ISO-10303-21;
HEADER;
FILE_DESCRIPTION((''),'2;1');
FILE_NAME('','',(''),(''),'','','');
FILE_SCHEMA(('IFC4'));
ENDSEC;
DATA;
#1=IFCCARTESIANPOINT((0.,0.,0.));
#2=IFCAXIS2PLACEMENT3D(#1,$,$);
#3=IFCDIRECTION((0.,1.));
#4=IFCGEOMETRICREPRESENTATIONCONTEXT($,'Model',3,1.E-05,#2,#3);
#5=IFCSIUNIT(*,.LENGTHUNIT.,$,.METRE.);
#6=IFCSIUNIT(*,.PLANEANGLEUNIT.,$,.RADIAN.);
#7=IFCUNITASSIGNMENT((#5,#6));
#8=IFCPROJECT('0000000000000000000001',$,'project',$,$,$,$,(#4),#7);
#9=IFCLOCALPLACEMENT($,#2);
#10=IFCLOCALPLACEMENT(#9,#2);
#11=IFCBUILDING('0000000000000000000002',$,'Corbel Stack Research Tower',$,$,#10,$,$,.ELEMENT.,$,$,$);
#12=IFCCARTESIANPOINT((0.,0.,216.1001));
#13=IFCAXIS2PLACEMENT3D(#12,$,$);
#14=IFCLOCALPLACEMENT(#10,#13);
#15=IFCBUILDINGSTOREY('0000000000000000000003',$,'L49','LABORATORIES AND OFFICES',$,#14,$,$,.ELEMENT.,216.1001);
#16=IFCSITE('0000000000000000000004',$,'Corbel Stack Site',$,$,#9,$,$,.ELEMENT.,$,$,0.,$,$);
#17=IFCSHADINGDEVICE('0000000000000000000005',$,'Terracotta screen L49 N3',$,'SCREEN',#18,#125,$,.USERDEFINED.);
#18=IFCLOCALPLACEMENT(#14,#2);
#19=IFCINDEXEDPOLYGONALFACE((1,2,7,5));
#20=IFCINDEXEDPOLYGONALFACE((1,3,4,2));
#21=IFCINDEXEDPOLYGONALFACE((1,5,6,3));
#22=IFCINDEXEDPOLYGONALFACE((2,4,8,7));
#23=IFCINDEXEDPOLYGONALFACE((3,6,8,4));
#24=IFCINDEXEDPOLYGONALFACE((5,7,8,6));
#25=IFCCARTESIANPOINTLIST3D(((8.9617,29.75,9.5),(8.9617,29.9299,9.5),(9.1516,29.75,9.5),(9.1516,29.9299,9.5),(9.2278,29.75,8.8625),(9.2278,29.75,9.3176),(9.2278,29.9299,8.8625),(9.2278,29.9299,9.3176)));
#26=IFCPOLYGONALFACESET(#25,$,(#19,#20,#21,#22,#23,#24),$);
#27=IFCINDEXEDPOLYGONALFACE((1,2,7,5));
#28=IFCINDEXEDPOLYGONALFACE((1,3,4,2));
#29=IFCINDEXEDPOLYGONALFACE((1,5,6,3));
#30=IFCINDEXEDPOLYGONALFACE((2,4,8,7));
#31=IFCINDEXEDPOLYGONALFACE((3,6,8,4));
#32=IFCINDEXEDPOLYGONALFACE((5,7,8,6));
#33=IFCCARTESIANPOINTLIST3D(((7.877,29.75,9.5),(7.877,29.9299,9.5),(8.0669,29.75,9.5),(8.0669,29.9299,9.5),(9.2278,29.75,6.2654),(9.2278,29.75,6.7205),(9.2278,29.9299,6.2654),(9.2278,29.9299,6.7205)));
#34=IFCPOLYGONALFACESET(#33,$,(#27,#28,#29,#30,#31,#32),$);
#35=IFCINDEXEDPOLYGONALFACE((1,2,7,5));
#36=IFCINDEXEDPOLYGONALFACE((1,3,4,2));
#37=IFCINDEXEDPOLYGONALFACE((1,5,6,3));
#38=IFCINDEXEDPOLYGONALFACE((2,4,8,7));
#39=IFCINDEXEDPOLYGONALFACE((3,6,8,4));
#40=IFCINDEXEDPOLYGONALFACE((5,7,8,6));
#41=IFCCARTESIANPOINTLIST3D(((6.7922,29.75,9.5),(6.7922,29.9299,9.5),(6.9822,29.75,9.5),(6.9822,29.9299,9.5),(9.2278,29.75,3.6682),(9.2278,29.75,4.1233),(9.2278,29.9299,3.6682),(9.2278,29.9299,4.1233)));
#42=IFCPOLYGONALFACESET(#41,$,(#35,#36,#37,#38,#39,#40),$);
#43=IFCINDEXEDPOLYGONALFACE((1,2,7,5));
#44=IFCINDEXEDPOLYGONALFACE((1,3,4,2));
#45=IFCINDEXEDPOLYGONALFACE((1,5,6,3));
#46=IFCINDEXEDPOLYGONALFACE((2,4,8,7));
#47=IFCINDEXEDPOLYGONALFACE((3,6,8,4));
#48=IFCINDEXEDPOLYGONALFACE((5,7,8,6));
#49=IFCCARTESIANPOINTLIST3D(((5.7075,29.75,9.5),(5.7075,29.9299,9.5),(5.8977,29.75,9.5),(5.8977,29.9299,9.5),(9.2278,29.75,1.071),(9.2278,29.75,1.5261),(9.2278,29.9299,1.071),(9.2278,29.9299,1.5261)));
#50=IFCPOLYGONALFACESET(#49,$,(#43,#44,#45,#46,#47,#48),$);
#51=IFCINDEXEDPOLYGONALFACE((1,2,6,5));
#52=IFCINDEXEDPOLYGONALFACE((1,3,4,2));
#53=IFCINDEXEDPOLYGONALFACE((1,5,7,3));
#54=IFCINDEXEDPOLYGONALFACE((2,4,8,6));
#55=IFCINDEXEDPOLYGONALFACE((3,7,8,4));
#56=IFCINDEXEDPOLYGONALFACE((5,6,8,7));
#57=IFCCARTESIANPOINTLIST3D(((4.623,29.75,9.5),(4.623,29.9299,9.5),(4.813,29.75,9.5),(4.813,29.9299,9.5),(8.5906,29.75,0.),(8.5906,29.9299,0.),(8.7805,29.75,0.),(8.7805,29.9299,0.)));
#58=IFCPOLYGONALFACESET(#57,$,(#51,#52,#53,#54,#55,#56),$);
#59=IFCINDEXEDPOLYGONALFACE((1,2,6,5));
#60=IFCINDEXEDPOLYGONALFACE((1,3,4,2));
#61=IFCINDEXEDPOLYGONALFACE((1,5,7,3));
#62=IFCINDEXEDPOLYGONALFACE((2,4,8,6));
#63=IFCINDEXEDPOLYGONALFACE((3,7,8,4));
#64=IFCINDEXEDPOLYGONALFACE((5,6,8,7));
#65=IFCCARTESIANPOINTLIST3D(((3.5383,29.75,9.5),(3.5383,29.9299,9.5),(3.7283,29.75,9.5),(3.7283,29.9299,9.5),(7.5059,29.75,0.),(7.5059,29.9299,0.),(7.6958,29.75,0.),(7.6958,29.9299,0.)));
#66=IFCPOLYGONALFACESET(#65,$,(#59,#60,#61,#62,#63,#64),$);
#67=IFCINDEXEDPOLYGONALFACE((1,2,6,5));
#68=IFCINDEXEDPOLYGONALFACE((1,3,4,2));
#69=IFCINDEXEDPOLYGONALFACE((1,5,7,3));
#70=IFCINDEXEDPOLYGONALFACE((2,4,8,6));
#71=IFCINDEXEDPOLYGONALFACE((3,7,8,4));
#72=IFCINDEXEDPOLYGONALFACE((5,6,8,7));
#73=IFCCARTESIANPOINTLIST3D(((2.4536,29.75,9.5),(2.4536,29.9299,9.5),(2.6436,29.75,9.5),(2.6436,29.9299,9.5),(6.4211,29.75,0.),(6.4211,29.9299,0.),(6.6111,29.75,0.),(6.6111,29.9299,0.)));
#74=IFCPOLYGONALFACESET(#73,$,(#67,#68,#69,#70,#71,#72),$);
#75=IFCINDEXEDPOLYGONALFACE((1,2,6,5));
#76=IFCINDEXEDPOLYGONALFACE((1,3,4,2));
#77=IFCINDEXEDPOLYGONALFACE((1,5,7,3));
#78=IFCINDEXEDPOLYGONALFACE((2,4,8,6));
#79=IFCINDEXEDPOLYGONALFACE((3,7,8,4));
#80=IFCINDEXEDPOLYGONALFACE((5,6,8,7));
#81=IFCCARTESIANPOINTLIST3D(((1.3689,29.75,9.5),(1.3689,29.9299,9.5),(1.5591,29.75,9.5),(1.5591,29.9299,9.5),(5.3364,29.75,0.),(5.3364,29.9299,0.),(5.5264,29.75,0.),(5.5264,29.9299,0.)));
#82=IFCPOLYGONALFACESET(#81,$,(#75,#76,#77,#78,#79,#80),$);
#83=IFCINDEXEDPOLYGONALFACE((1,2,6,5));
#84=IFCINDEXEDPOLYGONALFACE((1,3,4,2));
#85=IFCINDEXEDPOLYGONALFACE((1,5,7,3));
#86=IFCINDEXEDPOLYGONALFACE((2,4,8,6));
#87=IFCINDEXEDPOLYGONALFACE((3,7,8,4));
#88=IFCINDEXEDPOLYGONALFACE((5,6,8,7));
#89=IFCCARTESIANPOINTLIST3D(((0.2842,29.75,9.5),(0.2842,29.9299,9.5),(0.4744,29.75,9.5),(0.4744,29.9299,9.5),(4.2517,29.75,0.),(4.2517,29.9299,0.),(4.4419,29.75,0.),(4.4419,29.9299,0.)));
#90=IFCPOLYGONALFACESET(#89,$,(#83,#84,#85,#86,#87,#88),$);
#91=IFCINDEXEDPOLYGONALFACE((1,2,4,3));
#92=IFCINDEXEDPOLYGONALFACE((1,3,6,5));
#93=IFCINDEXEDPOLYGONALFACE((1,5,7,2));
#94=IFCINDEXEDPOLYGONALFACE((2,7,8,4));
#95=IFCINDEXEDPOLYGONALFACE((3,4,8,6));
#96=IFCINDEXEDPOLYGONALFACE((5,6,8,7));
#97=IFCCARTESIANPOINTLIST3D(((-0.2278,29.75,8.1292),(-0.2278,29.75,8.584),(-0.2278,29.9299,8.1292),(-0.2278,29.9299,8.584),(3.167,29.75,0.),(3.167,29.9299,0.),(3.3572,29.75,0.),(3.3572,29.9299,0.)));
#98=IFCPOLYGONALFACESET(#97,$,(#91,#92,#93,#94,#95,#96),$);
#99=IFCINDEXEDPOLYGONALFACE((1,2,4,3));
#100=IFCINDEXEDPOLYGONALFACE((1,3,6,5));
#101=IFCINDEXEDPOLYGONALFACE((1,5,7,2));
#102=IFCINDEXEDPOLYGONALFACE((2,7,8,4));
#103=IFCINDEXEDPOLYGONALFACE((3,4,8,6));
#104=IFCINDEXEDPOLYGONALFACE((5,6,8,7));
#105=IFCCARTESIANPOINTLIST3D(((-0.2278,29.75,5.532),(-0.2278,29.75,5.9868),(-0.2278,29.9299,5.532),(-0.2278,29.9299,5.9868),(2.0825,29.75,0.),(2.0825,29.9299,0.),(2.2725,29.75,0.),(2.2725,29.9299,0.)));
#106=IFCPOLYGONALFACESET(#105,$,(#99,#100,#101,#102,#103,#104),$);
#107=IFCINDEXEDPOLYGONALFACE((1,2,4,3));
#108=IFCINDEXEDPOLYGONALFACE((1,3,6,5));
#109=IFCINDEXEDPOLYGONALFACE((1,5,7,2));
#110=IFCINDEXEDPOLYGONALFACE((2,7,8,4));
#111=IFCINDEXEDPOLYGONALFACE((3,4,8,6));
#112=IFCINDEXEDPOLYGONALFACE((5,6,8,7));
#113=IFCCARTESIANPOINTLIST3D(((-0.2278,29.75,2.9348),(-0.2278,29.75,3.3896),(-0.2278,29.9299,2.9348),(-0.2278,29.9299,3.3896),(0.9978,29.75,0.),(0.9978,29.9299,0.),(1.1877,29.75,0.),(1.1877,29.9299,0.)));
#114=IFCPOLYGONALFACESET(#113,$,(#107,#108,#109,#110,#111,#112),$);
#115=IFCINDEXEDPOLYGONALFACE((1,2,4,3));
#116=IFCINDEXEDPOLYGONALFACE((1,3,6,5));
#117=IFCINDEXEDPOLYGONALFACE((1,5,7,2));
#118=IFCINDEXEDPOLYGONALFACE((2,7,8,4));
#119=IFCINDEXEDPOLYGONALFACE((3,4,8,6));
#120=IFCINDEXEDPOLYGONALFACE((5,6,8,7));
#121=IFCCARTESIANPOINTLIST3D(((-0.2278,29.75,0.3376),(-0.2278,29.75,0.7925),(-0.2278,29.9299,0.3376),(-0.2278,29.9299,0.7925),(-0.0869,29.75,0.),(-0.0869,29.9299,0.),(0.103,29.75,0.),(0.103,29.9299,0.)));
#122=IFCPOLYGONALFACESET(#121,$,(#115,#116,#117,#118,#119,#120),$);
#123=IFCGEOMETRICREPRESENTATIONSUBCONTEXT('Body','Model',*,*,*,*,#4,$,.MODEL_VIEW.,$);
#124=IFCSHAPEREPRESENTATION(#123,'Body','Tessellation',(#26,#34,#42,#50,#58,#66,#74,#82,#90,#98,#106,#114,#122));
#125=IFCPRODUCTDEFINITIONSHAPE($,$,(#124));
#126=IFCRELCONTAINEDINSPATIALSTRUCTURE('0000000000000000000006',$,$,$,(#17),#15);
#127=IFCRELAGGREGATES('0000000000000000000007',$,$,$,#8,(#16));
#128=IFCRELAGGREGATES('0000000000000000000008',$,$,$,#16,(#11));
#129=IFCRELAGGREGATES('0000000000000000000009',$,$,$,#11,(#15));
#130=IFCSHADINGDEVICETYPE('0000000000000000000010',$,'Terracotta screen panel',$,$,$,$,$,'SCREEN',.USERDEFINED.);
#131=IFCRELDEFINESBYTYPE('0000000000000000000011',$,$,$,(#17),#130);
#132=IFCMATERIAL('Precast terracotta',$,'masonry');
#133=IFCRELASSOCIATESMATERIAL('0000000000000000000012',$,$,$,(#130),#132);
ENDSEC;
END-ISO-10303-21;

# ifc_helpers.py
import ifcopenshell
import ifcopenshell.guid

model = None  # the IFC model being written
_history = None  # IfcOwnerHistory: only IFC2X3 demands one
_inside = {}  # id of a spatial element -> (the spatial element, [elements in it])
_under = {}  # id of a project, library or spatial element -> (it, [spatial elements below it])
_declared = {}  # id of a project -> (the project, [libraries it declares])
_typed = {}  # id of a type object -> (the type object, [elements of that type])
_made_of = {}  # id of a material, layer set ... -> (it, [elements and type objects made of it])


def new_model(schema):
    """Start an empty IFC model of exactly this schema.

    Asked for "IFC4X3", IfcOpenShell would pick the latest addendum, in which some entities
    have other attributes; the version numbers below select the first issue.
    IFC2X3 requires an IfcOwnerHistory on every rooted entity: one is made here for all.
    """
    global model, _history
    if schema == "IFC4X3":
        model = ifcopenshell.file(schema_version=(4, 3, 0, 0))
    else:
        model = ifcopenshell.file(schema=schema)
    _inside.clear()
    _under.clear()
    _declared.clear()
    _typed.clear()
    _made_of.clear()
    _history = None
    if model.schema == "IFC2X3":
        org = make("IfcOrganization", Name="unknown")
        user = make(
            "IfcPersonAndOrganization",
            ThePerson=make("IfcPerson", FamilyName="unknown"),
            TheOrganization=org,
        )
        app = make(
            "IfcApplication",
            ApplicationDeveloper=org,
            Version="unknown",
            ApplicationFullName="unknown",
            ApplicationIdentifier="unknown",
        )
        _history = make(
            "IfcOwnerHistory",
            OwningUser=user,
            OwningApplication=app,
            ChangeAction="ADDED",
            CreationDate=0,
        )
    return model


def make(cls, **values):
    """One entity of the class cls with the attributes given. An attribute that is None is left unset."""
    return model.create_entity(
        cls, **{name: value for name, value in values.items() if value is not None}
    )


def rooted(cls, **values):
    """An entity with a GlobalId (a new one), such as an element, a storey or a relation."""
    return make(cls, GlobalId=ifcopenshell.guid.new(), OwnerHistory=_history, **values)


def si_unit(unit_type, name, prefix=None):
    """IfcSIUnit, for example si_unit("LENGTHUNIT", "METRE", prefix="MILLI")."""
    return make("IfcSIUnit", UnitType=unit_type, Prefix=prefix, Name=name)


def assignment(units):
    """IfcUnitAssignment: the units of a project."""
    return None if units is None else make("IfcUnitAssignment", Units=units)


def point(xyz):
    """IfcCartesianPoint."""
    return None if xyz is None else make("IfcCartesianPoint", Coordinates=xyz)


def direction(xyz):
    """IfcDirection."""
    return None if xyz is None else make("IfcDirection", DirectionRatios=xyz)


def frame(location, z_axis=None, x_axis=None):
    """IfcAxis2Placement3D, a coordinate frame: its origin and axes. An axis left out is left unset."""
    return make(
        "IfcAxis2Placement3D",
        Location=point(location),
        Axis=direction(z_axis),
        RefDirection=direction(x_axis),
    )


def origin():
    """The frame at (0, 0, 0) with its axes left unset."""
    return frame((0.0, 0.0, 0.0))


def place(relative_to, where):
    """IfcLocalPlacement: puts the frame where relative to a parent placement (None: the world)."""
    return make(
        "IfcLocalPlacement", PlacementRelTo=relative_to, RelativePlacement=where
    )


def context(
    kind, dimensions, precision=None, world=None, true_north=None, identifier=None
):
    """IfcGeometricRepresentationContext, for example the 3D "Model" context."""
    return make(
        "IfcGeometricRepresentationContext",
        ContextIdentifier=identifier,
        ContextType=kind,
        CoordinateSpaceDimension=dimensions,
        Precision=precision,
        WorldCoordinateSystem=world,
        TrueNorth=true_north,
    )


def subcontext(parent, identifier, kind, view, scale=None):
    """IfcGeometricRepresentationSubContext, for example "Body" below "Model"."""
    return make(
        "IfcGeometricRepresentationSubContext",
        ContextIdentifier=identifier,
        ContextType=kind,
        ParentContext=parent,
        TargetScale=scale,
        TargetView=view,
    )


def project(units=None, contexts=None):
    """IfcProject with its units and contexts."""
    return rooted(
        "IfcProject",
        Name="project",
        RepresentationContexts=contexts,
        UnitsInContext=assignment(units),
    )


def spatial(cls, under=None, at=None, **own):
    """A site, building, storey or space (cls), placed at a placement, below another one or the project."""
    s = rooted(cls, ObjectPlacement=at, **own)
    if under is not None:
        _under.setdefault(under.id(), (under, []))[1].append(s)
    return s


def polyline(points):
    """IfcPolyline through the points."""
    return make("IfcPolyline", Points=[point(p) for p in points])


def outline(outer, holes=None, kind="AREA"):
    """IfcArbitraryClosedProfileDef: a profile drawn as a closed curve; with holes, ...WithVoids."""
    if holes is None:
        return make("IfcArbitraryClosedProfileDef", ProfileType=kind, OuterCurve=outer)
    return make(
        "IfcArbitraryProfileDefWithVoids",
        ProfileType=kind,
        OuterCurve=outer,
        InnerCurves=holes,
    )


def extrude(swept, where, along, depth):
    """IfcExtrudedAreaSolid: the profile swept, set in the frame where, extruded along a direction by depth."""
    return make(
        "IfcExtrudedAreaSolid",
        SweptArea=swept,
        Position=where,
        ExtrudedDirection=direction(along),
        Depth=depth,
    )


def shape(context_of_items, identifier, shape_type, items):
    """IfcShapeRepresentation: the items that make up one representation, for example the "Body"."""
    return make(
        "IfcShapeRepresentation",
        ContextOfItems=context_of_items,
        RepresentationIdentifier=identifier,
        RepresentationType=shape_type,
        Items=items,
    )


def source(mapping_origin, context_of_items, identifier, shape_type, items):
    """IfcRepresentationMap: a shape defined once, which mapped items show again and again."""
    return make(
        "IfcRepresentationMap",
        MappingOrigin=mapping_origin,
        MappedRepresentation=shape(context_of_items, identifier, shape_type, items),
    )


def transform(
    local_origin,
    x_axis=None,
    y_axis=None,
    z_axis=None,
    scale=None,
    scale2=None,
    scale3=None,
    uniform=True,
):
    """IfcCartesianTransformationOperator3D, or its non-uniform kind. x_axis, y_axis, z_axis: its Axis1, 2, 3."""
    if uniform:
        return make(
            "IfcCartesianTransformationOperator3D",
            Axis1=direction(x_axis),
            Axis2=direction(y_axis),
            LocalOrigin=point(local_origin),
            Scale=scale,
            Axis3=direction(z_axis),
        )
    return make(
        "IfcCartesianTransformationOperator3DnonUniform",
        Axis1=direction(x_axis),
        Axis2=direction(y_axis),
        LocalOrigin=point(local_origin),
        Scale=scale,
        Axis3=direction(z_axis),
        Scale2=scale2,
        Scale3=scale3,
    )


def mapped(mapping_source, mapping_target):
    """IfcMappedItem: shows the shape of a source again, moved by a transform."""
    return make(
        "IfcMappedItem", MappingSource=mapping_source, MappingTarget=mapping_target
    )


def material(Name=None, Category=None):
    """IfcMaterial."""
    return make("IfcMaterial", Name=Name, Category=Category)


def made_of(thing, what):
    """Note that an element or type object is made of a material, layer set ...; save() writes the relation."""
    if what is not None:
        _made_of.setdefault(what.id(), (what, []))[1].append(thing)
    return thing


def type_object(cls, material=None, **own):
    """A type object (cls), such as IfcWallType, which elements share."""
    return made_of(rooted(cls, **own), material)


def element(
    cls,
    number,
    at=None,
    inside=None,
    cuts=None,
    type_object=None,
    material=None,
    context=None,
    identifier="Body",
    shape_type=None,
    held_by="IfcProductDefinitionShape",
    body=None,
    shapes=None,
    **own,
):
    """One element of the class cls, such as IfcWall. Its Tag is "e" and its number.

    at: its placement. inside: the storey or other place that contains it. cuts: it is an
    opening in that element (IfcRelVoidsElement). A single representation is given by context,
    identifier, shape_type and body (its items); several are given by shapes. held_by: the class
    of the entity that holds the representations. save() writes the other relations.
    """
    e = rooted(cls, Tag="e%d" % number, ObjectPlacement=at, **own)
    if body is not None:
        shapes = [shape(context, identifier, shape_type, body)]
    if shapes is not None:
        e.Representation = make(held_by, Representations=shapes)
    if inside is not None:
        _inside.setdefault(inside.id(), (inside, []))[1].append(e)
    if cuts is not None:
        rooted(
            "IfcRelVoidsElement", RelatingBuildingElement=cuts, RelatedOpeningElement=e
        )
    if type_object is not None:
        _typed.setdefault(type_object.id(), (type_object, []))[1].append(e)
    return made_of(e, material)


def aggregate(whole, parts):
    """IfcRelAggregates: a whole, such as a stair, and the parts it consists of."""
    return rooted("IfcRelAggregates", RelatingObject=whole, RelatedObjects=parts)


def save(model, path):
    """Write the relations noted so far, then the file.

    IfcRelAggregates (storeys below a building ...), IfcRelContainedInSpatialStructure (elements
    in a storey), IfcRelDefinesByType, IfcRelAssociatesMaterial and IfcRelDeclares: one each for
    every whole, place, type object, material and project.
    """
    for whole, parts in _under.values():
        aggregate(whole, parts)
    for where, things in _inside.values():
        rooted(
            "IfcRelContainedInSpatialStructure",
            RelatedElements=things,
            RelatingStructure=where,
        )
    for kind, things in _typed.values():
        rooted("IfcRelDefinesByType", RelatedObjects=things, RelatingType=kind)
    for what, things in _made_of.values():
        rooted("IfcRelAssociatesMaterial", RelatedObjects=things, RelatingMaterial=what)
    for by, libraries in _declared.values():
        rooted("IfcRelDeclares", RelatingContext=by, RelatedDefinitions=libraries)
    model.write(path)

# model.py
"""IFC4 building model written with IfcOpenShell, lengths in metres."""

from ifc_helpers import new_model, si_unit, direction, frame, origin, place, context, subcontext, project, spatial, polyline, outline, extrude, source, transform, mapped, material, type_object, element, save


model = new_model("IFC4")

# Units and contexts
model_context = context("Model", 3, precision=1e-05, world=origin(), true_north=direction((0.0, 1.0)))
body_context = subcontext(model_context, "Body", "Model", "MODEL_VIEW")
ifc_project = project(units=[si_unit("LENGTHUNIT", "METRE"), si_unit("PLANEANGLEUNIT", "RADIAN")], contexts=[model_context])

# Site, building, storey
site_placement = place(None, origin())
site = spatial("IfcSite", under=ifc_project, at=site_placement, Name="Corbel Stack Site", CompositionType="ELEMENT", RefElevation=0.0)
building_placement = place(site_placement, origin())
building = spatial("IfcBuilding", under=site, at=building_placement, Name="Corbel Stack Research Tower", CompositionType="ELEMENT")
storey_placement = place(building_placement, frame((0.0, 0.0, 216.1001)))
storey = spatial("IfcBuildingStorey", under=building, at=storey_placement, Name="L49", Description="LABORATORIES AND OFFICES", CompositionType="ELEMENT", Elevation=216.1001)

# Shading device
ifc_material_1 = material(Name="Precast terracotta", Category="masonry")
shading_device_type = type_object("IfcShadingDeviceType", Name="Terracotta screen panel", ElementType="SCREEN", PredefinedType="USERDEFINED", material=ifc_material_1)
shared_shape = source(origin(), body_context, "Body", "SweptSolid", [
    extrude(outline(polyline([(0.2661, 9.5), (0.0762, 9.5), (0.0, 9.3176), (0.0, 8.8625), (0.2661, 9.5)])), frame((0.0, 0.0, 0.0), z_axis=(0.0, -1.0, 0.0), x_axis=(1.0, 0.0, 0.0)), (0.0, 0.0, 1.0), 0.1799),
    extrude(outline(polyline([(1.3508, 9.5), (1.1609, 9.5), (0.0, 6.7205), (0.0, 6.2654), (1.3508, 9.5)])), frame((0.0, 0.0, 0.0), z_axis=(0.0, -1.0, 0.0), x_axis=(1.0, 0.0, 0.0)), (0.0, 0.0, 1.0), 0.1799),
    extrude(outline(polyline([(2.4355, 9.5), (2.2456, 9.5), (0.0, 4.1233), (0.0, 3.6682), (2.4355, 9.5)])), frame((0.0, 0.0, 0.0), z_axis=(0.0, -1.0, 0.0), x_axis=(1.0, 0.0, 0.0)), (0.0, 0.0, 1.0), 0.1799),
    extrude(outline(polyline([(3.5203, 9.5), (3.3301, 9.5), (0.0, 1.5261), (0.0, 1.071), (3.5203, 9.5)])), frame((0.0, 0.0, 0.0), z_axis=(0.0, -1.0, 0.0), x_axis=(1.0, 0.0, 0.0)), (0.0, 0.0, 1.0), 0.1799),
    extrude(outline(polyline([(0.6372, 0.0), (4.6047, 9.5), (4.4148, 9.5), (0.4473, 0.0), (0.6372, 0.0)])), frame((0.0, 0.0, 0.0), z_axis=(0.0, -1.0, 0.0), x_axis=(1.0, 0.0, 0.0)), (0.0, 0.0, 1.0), 0.1799),
    extrude(outline(polyline([(1.7219, 0.0), (5.6895, 9.5), (5.4995, 9.5), (1.532, 0.0), (1.7219, 0.0)])), frame((0.0, 0.0, 0.0), z_axis=(0.0, -1.0, 0.0), x_axis=(1.0, 0.0, 0.0)), (0.0, 0.0, 1.0), 0.1799),
    extrude(outline(polyline([(2.8066, 0.0), (6.7742, 9.5), (6.5842, 9.5), (2.6167, 0.0), (2.8066, 0.0)])), frame((0.0, 0.0, 0.0), z_axis=(0.0, -1.0, 0.0), x_axis=(1.0, 0.0, 0.0)), (0.0, 0.0, 1.0), 0.1799),
    extrude(outline(polyline([(3.8914, 0.0), (7.8589, 9.5), (7.6687, 9.5), (3.7014, 0.0), (3.8914, 0.0)])), frame((0.0, 0.0, 0.0), z_axis=(0.0, -1.0, 0.0), x_axis=(1.0, 0.0, 0.0)), (0.0, 0.0, 1.0), 0.1799),
    extrude(outline(polyline([(4.9761, 0.0), (8.9436, 9.5), (8.7534, 9.5), (4.7859, 0.0), (4.9761, 0.0)])), frame((0.0, 0.0, 0.0), z_axis=(0.0, -1.0, 0.0), x_axis=(1.0, 0.0, 0.0)), (0.0, 0.0, 1.0), 0.1799),
    extrude(outline(polyline([(6.0608, 0.0), (9.4556, 8.1292), (9.4556, 8.584), (5.8706, 0.0), (6.0608, 0.0)])), frame((0.0, 0.0, 0.0), z_axis=(0.0, -1.0, 0.0), x_axis=(1.0, 0.0, 0.0)), (0.0, 0.0, 1.0), 0.1799),
    extrude(outline(polyline([(7.1453, 0.0), (9.4556, 5.532), (9.4556, 5.9868), (6.9553, 0.0), (7.1453, 0.0)])), frame((0.0, 0.0, 0.0), z_axis=(0.0, -1.0, 0.0), x_axis=(1.0, 0.0, 0.0)), (0.0, 0.0, 1.0), 0.1799),
    extrude(outline(polyline([(8.23, 0.0), (9.4556, 2.9348), (9.4556, 3.3896), (8.04, 0.0), (8.23, 0.0)])), frame((0.0, 0.0, 0.0), z_axis=(0.0, -1.0, 0.0), x_axis=(1.0, 0.0, 0.0)), (0.0, 0.0, 1.0), 0.1799),
    extrude(outline(polyline([(9.3147, 0.0), (9.4556, 0.3376), (9.4556, 0.7925), (9.1248, 0.0), (9.3147, 0.0)])), frame((0.0, 0.0, 0.0), z_axis=(0.0, -1.0, 0.0), x_axis=(1.0, 0.0, 0.0)), (0.0, 0.0, 1.0), 0.1799),
])
shading_device_placement = place(storey_placement, frame((9.2278, 29.75, 0.0), z_axis=(0.0, 0.0, 1.0), x_axis=(-1.0, 0.0, 0.0)))
element("IfcShadingDevice", 1, at=shading_device_placement, inside=storey, type_object=shading_device_type, Name="Terracotta screen L49 N3", ObjectType="SCREEN", PredefinedType="USERDEFINED", context=body_context, shape_type="MappedRepresentation", body=[
    mapped(shared_shape, transform((0.0, 0.0, 0.0))),
])

save(model, "model.ifc")
